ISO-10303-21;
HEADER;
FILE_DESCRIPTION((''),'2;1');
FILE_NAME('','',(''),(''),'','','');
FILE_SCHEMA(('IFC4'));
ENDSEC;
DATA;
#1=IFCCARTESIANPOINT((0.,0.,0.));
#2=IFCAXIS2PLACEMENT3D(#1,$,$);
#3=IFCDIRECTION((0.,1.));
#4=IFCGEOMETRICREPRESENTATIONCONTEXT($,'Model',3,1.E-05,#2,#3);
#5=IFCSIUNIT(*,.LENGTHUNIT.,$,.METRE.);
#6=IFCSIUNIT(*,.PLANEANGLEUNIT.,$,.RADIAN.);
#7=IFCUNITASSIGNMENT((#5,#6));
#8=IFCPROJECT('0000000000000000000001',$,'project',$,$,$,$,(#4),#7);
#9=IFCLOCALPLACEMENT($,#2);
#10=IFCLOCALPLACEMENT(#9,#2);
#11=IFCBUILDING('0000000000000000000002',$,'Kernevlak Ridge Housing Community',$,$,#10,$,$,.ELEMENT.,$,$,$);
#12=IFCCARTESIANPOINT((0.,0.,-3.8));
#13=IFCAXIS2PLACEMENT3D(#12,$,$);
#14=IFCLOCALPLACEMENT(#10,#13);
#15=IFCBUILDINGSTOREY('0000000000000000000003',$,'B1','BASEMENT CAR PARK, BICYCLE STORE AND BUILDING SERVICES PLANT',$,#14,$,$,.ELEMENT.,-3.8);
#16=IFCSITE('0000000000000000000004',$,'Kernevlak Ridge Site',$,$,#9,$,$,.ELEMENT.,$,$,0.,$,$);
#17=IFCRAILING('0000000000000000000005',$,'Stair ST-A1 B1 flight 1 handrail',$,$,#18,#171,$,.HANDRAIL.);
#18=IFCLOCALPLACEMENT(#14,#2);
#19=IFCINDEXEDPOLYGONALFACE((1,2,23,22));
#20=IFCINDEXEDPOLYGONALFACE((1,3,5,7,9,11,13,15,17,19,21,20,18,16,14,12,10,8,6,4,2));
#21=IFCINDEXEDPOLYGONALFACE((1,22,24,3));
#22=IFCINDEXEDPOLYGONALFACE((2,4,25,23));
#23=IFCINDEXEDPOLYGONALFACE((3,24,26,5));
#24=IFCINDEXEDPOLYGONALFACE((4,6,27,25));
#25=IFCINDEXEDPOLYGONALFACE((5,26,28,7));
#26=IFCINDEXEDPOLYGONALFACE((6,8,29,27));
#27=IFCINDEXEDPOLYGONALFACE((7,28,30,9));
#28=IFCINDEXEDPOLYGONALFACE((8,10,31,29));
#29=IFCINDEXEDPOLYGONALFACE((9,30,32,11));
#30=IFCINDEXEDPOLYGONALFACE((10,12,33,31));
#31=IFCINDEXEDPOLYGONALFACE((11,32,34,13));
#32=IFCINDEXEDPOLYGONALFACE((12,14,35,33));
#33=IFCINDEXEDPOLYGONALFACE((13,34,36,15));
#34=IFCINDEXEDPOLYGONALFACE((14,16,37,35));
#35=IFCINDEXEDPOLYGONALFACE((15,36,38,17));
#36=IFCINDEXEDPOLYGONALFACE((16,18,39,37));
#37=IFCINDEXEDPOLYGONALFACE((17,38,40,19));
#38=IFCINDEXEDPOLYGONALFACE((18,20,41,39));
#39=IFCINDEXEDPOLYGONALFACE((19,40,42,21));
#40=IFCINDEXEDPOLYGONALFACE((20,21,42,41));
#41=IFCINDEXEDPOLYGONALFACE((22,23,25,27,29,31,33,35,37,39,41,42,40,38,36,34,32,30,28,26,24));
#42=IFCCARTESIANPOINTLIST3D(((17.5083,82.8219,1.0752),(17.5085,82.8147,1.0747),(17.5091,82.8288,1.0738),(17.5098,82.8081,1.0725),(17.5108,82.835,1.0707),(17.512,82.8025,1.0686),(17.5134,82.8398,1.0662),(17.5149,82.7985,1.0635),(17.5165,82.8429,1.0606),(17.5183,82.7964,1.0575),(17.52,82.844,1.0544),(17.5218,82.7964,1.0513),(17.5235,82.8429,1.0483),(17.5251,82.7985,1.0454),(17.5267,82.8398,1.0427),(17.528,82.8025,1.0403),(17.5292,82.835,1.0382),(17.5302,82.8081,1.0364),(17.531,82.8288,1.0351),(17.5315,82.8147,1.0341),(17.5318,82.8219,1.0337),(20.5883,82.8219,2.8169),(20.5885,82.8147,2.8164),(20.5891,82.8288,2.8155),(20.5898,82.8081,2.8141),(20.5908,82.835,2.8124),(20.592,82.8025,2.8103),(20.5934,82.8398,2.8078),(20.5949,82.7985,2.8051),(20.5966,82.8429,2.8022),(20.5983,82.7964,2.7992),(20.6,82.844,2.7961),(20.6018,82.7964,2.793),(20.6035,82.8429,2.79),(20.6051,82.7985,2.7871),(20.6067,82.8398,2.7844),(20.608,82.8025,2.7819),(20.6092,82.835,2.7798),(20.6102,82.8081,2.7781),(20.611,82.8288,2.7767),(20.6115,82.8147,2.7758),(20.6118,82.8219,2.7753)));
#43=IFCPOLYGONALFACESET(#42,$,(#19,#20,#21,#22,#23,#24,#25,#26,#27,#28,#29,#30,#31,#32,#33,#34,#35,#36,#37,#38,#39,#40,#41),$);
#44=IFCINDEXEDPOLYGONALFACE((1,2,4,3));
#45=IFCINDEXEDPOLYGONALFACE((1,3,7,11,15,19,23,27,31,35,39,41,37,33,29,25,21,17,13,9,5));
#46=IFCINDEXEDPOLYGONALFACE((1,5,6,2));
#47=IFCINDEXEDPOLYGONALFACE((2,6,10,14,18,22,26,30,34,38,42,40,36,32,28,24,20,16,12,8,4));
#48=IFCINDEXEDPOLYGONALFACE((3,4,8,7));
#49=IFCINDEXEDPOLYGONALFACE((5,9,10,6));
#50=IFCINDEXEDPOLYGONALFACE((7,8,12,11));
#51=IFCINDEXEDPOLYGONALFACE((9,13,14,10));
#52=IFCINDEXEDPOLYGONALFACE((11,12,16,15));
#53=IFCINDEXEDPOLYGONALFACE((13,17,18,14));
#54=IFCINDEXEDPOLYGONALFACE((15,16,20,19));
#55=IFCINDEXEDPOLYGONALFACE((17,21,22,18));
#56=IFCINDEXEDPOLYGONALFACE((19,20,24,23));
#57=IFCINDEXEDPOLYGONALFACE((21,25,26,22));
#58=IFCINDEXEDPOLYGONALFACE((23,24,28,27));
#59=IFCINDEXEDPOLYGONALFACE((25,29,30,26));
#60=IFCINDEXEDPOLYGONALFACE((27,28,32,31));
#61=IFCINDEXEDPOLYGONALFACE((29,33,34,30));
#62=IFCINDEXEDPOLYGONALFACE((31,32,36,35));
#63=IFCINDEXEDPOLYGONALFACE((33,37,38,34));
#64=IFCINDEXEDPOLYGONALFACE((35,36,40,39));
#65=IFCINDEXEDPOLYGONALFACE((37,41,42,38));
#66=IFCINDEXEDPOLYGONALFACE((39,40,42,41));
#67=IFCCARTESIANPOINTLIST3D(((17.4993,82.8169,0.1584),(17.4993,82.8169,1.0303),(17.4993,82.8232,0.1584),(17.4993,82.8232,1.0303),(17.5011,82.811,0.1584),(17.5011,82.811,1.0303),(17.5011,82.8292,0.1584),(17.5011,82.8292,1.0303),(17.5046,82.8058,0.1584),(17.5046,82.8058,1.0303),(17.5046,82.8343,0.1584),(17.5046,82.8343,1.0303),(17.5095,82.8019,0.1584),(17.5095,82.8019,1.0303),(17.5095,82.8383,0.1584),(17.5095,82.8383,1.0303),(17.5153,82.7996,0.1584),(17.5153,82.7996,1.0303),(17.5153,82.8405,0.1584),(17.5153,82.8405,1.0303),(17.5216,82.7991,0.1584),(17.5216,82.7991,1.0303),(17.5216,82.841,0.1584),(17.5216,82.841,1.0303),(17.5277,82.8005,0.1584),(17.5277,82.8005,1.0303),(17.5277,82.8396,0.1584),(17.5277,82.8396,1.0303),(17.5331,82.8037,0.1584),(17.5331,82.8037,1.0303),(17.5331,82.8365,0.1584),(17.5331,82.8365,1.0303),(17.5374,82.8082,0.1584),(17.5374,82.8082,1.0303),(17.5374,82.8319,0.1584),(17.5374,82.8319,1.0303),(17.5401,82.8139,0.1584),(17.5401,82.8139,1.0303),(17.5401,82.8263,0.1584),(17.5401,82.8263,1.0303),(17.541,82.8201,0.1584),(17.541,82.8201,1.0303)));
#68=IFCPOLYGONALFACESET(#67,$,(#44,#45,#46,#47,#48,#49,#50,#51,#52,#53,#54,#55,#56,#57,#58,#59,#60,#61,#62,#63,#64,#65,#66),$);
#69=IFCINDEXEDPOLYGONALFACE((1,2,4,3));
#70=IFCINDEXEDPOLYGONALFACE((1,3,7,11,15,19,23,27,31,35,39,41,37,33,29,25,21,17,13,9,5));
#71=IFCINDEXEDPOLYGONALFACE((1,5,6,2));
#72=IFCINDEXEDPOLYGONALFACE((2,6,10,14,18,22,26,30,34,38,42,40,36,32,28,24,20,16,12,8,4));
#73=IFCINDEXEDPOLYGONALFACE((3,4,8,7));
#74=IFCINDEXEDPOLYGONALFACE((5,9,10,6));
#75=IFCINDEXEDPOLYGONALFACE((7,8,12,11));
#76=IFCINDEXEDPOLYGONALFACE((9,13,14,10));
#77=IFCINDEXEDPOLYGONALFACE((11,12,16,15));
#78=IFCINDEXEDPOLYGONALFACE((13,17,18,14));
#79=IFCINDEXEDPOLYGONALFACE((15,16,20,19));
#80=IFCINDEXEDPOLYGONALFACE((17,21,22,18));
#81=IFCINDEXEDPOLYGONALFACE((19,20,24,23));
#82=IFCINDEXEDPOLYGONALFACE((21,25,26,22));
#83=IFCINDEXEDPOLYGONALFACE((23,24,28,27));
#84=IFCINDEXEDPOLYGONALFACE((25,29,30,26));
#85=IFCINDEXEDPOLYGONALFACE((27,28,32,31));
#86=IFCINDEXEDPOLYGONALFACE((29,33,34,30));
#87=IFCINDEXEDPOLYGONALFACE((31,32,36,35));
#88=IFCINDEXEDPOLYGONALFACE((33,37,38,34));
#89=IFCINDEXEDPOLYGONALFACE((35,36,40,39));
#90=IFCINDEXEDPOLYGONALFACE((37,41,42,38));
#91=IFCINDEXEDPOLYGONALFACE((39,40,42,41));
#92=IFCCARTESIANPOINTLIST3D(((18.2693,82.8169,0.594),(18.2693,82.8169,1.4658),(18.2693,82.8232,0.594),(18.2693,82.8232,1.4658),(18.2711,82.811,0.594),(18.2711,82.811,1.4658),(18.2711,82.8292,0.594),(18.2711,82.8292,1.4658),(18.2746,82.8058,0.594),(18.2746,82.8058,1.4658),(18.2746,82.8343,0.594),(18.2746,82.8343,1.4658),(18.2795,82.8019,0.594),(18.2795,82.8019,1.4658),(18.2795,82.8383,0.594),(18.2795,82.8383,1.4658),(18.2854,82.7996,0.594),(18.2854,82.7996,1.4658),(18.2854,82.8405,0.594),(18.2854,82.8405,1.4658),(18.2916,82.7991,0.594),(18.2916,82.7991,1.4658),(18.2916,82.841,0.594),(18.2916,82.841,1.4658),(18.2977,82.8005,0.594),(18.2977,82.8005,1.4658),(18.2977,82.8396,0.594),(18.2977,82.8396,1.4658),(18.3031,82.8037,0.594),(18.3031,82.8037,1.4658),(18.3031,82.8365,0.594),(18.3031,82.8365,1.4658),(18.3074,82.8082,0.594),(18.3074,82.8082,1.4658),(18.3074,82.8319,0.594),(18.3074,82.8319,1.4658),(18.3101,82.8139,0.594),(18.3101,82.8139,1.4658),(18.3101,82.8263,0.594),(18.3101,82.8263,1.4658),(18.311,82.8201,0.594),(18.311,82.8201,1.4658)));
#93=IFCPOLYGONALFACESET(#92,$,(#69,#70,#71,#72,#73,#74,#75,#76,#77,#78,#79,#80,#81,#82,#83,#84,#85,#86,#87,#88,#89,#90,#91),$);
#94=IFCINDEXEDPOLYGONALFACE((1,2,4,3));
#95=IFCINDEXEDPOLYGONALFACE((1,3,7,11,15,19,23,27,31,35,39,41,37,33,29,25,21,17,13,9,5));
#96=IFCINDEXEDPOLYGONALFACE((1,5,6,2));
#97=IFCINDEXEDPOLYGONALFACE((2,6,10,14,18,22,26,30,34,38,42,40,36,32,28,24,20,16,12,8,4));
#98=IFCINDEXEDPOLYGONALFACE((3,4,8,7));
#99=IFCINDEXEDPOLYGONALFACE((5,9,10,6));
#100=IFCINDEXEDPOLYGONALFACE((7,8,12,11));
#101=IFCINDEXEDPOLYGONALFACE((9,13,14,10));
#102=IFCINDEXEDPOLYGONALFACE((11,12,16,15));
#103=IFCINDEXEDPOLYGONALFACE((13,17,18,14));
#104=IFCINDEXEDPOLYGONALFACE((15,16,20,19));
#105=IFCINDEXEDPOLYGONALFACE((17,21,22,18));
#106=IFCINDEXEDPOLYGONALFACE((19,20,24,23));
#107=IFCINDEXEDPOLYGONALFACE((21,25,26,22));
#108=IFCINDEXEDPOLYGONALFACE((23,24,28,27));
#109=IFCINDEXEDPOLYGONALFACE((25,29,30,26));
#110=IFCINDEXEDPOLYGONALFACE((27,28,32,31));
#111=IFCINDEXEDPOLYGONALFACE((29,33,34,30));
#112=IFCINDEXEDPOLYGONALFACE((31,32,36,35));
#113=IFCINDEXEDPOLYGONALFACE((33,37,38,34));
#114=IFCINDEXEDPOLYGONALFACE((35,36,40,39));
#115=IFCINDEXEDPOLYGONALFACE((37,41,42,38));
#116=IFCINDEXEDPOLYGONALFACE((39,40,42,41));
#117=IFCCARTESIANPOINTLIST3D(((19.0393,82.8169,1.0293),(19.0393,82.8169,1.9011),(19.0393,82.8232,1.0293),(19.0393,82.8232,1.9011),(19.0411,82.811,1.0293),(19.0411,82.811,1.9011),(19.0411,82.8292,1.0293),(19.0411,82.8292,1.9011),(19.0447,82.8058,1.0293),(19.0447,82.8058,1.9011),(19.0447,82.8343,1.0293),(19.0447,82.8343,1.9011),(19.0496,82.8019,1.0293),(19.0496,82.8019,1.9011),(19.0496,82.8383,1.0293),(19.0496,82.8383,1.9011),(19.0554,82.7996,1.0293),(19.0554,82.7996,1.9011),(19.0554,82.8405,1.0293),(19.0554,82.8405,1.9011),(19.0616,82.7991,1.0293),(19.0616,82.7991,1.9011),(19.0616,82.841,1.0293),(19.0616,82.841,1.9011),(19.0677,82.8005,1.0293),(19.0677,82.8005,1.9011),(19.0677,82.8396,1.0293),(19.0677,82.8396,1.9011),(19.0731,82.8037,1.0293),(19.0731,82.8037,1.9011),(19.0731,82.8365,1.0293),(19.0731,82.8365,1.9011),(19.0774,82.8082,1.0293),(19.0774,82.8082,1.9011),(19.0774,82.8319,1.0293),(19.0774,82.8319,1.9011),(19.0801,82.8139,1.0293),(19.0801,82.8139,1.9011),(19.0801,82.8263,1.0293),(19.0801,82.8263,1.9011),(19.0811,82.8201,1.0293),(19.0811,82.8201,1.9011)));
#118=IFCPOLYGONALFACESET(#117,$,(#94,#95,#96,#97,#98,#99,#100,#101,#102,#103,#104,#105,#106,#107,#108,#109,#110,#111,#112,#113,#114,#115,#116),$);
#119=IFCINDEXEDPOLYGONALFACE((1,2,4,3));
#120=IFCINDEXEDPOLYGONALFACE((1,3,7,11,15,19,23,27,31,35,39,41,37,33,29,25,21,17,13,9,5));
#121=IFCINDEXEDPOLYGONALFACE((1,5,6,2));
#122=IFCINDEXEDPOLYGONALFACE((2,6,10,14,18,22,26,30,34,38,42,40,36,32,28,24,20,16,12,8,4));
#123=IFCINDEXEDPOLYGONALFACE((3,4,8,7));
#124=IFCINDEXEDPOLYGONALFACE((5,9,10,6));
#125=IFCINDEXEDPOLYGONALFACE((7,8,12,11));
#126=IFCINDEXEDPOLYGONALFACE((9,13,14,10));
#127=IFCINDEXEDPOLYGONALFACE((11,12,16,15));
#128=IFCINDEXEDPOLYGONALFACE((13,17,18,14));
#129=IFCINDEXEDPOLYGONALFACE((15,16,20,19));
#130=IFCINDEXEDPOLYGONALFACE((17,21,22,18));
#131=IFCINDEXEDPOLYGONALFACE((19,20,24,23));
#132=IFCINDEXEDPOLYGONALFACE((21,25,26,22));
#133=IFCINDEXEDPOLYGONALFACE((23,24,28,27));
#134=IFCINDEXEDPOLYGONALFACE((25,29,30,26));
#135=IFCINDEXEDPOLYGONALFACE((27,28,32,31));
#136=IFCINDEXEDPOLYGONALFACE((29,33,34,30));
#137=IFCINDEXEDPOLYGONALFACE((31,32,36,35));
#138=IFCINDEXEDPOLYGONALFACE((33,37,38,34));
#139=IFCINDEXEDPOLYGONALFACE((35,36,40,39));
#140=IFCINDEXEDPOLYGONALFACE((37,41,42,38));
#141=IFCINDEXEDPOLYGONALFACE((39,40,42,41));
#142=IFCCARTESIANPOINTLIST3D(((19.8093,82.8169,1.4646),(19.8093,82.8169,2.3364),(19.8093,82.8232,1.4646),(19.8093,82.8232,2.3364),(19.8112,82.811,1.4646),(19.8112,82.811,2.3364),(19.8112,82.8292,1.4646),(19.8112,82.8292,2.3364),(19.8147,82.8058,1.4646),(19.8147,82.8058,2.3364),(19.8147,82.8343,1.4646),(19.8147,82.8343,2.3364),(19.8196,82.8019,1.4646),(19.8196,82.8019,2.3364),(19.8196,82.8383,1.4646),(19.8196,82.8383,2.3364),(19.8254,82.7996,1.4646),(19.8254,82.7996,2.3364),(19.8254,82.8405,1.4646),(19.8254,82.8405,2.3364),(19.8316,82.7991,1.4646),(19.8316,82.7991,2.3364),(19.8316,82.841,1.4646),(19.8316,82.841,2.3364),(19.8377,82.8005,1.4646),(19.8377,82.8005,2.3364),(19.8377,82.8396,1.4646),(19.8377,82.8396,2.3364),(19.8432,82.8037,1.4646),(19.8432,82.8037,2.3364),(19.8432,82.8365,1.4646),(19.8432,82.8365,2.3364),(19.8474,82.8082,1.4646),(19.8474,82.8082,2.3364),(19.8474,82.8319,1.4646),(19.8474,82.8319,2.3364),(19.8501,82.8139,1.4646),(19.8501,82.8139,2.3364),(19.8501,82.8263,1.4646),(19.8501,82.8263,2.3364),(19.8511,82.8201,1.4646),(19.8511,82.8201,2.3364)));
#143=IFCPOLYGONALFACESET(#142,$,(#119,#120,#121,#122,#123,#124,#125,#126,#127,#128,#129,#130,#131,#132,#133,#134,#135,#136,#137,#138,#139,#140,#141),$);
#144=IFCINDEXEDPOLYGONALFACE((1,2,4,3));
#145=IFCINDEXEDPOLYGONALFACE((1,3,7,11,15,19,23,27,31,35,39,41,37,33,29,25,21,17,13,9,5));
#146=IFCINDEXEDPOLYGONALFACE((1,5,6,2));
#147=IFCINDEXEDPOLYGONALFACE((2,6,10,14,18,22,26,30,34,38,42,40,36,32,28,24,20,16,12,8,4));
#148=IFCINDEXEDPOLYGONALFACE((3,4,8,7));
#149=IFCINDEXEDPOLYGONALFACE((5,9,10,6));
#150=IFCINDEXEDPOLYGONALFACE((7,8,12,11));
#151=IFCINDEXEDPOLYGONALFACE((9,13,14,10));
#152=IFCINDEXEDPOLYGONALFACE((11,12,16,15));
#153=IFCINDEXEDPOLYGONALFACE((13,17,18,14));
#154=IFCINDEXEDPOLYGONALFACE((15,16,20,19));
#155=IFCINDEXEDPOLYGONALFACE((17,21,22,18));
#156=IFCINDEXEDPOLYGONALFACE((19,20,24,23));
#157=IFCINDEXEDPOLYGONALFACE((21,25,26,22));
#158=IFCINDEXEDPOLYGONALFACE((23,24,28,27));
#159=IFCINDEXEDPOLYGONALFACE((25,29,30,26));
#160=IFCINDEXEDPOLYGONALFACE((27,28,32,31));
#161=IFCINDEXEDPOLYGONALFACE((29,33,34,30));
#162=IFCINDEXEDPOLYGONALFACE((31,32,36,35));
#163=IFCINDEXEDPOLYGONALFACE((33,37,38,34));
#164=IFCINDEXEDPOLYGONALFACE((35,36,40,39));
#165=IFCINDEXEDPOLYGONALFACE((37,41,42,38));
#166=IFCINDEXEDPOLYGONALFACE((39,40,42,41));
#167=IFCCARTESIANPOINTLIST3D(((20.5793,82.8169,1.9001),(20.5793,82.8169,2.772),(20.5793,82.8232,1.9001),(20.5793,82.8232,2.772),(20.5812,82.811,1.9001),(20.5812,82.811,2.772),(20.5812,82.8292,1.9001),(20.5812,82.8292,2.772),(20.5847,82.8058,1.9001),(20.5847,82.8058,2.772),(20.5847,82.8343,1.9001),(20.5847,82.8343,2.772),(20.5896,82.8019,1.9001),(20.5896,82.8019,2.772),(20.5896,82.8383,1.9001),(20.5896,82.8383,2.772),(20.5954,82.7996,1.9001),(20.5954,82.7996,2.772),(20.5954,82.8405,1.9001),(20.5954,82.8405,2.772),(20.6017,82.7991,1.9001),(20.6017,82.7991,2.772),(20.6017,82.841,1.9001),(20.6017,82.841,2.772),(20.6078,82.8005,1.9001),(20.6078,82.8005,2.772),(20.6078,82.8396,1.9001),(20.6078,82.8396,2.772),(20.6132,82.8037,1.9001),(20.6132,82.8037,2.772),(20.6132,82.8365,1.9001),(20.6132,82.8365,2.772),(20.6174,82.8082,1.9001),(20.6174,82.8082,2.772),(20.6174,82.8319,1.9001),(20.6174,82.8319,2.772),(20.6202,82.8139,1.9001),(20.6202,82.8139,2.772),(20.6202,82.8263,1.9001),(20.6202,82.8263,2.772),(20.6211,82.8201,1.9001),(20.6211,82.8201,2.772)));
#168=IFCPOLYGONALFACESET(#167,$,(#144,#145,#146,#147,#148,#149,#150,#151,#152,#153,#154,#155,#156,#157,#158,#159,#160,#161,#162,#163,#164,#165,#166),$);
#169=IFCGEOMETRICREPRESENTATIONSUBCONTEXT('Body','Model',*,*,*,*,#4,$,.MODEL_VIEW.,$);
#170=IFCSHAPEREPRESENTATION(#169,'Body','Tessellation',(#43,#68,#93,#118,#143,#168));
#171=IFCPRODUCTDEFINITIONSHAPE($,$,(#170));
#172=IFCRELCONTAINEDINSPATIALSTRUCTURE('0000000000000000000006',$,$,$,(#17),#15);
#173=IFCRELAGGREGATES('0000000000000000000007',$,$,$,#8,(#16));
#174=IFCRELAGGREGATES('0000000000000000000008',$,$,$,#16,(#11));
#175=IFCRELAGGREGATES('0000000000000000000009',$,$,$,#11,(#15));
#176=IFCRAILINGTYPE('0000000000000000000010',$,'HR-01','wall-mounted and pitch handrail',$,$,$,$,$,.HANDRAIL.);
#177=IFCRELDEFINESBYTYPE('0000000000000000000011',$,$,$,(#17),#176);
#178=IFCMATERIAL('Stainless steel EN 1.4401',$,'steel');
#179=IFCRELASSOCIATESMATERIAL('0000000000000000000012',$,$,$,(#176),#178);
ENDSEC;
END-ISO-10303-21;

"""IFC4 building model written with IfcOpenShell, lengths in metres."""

from ifc_helpers import new_model, si_unit, direction, frame, origin, origin_2d, place, context, subcontext, project, spatial, circle, extrude, material, type_object, element, save


model = new_model("IFC4")

# Units and contexts
model_context = context("Model", 3, precision=1e-05, world=origin(), true_north=direction((0.0, 1.0)))
body_context = subcontext(model_context, "Body", "Model", "MODEL_VIEW")
ifc_project = project(units=[si_unit("LENGTHUNIT", "METRE"), si_unit("PLANEANGLEUNIT", "RADIAN")], contexts=[model_context])

# Site, building, storey
site_placement = place(None, origin())
site = spatial("IfcSite", under=ifc_project, at=site_placement, Name="Kernevlak Ridge Site", CompositionType="ELEMENT", RefElevation=0.0)
building_placement = place(site_placement, origin())
building = spatial("IfcBuilding", under=site, at=building_placement, Name="Kernevlak Ridge Housing Community", CompositionType="ELEMENT")
storey_placement = place(building_placement, frame((0.0, 0.0, -3.8)))
storey = spatial("IfcBuildingStorey", under=building, at=storey_placement, Name="B1", Description="BASEMENT CAR PARK, BICYCLE STORE AND BUILDING SERVICES PLANT", CompositionType="ELEMENT", Elevation=-3.8)

# Railing
ifc_material_1 = material(Name="Stainless steel EN 1.4401", Category="steel")
railing_type_1 = type_object("IfcRailingType", Name="HR-01", Description="wall-mounted and pitch handrail", PredefinedType="HANDRAIL", material=ifc_material_1)
railing_1_placement = place(storey_placement, frame((17.52, 82.8201, 0.1584)))
element("IfcRailing", 1, at=railing_1_placement, inside=storey, type_object=railing_type_1, Name="Stair ST-A1 B1 flight 1 handrail", PredefinedType="HANDRAIL", context=body_context, shape_type="SweptSolid", body=[
    extrude(circle(Radius=0.0239, at=origin_2d()), frame((0.0, 0.0, 0.896), z_axis=(0.870468, 0.0, 0.492225), x_axis=(0.0, 1.0, 0.0)), (0.0, 0.0, 1.0), 3.5383),
    extrude(circle(Radius=0.021, at=origin_2d()), origin(), (0.0, 0.0, 1.0), 0.8718),
    extrude(circle(Radius=0.021, at=origin_2d()), frame((0.77, 0.0, 0.4355)), (0.0, 0.0, 1.0), 0.8718),
    extrude(circle(Radius=0.021, at=origin_2d()), frame((1.54, 0.0, 0.8708)), (0.0, 0.0, 1.0), 0.8718),
    extrude(circle(Radius=0.021, at=origin_2d()), frame((2.3101, 0.0, 1.3062)), (0.0, 0.0, 1.0), 0.8718),
    extrude(circle(Radius=0.021, at=origin_2d()), frame((3.0801, 0.0, 1.7417)), (0.0, 0.0, 1.0), 0.8718),
])

save(model, "model.ifc")
